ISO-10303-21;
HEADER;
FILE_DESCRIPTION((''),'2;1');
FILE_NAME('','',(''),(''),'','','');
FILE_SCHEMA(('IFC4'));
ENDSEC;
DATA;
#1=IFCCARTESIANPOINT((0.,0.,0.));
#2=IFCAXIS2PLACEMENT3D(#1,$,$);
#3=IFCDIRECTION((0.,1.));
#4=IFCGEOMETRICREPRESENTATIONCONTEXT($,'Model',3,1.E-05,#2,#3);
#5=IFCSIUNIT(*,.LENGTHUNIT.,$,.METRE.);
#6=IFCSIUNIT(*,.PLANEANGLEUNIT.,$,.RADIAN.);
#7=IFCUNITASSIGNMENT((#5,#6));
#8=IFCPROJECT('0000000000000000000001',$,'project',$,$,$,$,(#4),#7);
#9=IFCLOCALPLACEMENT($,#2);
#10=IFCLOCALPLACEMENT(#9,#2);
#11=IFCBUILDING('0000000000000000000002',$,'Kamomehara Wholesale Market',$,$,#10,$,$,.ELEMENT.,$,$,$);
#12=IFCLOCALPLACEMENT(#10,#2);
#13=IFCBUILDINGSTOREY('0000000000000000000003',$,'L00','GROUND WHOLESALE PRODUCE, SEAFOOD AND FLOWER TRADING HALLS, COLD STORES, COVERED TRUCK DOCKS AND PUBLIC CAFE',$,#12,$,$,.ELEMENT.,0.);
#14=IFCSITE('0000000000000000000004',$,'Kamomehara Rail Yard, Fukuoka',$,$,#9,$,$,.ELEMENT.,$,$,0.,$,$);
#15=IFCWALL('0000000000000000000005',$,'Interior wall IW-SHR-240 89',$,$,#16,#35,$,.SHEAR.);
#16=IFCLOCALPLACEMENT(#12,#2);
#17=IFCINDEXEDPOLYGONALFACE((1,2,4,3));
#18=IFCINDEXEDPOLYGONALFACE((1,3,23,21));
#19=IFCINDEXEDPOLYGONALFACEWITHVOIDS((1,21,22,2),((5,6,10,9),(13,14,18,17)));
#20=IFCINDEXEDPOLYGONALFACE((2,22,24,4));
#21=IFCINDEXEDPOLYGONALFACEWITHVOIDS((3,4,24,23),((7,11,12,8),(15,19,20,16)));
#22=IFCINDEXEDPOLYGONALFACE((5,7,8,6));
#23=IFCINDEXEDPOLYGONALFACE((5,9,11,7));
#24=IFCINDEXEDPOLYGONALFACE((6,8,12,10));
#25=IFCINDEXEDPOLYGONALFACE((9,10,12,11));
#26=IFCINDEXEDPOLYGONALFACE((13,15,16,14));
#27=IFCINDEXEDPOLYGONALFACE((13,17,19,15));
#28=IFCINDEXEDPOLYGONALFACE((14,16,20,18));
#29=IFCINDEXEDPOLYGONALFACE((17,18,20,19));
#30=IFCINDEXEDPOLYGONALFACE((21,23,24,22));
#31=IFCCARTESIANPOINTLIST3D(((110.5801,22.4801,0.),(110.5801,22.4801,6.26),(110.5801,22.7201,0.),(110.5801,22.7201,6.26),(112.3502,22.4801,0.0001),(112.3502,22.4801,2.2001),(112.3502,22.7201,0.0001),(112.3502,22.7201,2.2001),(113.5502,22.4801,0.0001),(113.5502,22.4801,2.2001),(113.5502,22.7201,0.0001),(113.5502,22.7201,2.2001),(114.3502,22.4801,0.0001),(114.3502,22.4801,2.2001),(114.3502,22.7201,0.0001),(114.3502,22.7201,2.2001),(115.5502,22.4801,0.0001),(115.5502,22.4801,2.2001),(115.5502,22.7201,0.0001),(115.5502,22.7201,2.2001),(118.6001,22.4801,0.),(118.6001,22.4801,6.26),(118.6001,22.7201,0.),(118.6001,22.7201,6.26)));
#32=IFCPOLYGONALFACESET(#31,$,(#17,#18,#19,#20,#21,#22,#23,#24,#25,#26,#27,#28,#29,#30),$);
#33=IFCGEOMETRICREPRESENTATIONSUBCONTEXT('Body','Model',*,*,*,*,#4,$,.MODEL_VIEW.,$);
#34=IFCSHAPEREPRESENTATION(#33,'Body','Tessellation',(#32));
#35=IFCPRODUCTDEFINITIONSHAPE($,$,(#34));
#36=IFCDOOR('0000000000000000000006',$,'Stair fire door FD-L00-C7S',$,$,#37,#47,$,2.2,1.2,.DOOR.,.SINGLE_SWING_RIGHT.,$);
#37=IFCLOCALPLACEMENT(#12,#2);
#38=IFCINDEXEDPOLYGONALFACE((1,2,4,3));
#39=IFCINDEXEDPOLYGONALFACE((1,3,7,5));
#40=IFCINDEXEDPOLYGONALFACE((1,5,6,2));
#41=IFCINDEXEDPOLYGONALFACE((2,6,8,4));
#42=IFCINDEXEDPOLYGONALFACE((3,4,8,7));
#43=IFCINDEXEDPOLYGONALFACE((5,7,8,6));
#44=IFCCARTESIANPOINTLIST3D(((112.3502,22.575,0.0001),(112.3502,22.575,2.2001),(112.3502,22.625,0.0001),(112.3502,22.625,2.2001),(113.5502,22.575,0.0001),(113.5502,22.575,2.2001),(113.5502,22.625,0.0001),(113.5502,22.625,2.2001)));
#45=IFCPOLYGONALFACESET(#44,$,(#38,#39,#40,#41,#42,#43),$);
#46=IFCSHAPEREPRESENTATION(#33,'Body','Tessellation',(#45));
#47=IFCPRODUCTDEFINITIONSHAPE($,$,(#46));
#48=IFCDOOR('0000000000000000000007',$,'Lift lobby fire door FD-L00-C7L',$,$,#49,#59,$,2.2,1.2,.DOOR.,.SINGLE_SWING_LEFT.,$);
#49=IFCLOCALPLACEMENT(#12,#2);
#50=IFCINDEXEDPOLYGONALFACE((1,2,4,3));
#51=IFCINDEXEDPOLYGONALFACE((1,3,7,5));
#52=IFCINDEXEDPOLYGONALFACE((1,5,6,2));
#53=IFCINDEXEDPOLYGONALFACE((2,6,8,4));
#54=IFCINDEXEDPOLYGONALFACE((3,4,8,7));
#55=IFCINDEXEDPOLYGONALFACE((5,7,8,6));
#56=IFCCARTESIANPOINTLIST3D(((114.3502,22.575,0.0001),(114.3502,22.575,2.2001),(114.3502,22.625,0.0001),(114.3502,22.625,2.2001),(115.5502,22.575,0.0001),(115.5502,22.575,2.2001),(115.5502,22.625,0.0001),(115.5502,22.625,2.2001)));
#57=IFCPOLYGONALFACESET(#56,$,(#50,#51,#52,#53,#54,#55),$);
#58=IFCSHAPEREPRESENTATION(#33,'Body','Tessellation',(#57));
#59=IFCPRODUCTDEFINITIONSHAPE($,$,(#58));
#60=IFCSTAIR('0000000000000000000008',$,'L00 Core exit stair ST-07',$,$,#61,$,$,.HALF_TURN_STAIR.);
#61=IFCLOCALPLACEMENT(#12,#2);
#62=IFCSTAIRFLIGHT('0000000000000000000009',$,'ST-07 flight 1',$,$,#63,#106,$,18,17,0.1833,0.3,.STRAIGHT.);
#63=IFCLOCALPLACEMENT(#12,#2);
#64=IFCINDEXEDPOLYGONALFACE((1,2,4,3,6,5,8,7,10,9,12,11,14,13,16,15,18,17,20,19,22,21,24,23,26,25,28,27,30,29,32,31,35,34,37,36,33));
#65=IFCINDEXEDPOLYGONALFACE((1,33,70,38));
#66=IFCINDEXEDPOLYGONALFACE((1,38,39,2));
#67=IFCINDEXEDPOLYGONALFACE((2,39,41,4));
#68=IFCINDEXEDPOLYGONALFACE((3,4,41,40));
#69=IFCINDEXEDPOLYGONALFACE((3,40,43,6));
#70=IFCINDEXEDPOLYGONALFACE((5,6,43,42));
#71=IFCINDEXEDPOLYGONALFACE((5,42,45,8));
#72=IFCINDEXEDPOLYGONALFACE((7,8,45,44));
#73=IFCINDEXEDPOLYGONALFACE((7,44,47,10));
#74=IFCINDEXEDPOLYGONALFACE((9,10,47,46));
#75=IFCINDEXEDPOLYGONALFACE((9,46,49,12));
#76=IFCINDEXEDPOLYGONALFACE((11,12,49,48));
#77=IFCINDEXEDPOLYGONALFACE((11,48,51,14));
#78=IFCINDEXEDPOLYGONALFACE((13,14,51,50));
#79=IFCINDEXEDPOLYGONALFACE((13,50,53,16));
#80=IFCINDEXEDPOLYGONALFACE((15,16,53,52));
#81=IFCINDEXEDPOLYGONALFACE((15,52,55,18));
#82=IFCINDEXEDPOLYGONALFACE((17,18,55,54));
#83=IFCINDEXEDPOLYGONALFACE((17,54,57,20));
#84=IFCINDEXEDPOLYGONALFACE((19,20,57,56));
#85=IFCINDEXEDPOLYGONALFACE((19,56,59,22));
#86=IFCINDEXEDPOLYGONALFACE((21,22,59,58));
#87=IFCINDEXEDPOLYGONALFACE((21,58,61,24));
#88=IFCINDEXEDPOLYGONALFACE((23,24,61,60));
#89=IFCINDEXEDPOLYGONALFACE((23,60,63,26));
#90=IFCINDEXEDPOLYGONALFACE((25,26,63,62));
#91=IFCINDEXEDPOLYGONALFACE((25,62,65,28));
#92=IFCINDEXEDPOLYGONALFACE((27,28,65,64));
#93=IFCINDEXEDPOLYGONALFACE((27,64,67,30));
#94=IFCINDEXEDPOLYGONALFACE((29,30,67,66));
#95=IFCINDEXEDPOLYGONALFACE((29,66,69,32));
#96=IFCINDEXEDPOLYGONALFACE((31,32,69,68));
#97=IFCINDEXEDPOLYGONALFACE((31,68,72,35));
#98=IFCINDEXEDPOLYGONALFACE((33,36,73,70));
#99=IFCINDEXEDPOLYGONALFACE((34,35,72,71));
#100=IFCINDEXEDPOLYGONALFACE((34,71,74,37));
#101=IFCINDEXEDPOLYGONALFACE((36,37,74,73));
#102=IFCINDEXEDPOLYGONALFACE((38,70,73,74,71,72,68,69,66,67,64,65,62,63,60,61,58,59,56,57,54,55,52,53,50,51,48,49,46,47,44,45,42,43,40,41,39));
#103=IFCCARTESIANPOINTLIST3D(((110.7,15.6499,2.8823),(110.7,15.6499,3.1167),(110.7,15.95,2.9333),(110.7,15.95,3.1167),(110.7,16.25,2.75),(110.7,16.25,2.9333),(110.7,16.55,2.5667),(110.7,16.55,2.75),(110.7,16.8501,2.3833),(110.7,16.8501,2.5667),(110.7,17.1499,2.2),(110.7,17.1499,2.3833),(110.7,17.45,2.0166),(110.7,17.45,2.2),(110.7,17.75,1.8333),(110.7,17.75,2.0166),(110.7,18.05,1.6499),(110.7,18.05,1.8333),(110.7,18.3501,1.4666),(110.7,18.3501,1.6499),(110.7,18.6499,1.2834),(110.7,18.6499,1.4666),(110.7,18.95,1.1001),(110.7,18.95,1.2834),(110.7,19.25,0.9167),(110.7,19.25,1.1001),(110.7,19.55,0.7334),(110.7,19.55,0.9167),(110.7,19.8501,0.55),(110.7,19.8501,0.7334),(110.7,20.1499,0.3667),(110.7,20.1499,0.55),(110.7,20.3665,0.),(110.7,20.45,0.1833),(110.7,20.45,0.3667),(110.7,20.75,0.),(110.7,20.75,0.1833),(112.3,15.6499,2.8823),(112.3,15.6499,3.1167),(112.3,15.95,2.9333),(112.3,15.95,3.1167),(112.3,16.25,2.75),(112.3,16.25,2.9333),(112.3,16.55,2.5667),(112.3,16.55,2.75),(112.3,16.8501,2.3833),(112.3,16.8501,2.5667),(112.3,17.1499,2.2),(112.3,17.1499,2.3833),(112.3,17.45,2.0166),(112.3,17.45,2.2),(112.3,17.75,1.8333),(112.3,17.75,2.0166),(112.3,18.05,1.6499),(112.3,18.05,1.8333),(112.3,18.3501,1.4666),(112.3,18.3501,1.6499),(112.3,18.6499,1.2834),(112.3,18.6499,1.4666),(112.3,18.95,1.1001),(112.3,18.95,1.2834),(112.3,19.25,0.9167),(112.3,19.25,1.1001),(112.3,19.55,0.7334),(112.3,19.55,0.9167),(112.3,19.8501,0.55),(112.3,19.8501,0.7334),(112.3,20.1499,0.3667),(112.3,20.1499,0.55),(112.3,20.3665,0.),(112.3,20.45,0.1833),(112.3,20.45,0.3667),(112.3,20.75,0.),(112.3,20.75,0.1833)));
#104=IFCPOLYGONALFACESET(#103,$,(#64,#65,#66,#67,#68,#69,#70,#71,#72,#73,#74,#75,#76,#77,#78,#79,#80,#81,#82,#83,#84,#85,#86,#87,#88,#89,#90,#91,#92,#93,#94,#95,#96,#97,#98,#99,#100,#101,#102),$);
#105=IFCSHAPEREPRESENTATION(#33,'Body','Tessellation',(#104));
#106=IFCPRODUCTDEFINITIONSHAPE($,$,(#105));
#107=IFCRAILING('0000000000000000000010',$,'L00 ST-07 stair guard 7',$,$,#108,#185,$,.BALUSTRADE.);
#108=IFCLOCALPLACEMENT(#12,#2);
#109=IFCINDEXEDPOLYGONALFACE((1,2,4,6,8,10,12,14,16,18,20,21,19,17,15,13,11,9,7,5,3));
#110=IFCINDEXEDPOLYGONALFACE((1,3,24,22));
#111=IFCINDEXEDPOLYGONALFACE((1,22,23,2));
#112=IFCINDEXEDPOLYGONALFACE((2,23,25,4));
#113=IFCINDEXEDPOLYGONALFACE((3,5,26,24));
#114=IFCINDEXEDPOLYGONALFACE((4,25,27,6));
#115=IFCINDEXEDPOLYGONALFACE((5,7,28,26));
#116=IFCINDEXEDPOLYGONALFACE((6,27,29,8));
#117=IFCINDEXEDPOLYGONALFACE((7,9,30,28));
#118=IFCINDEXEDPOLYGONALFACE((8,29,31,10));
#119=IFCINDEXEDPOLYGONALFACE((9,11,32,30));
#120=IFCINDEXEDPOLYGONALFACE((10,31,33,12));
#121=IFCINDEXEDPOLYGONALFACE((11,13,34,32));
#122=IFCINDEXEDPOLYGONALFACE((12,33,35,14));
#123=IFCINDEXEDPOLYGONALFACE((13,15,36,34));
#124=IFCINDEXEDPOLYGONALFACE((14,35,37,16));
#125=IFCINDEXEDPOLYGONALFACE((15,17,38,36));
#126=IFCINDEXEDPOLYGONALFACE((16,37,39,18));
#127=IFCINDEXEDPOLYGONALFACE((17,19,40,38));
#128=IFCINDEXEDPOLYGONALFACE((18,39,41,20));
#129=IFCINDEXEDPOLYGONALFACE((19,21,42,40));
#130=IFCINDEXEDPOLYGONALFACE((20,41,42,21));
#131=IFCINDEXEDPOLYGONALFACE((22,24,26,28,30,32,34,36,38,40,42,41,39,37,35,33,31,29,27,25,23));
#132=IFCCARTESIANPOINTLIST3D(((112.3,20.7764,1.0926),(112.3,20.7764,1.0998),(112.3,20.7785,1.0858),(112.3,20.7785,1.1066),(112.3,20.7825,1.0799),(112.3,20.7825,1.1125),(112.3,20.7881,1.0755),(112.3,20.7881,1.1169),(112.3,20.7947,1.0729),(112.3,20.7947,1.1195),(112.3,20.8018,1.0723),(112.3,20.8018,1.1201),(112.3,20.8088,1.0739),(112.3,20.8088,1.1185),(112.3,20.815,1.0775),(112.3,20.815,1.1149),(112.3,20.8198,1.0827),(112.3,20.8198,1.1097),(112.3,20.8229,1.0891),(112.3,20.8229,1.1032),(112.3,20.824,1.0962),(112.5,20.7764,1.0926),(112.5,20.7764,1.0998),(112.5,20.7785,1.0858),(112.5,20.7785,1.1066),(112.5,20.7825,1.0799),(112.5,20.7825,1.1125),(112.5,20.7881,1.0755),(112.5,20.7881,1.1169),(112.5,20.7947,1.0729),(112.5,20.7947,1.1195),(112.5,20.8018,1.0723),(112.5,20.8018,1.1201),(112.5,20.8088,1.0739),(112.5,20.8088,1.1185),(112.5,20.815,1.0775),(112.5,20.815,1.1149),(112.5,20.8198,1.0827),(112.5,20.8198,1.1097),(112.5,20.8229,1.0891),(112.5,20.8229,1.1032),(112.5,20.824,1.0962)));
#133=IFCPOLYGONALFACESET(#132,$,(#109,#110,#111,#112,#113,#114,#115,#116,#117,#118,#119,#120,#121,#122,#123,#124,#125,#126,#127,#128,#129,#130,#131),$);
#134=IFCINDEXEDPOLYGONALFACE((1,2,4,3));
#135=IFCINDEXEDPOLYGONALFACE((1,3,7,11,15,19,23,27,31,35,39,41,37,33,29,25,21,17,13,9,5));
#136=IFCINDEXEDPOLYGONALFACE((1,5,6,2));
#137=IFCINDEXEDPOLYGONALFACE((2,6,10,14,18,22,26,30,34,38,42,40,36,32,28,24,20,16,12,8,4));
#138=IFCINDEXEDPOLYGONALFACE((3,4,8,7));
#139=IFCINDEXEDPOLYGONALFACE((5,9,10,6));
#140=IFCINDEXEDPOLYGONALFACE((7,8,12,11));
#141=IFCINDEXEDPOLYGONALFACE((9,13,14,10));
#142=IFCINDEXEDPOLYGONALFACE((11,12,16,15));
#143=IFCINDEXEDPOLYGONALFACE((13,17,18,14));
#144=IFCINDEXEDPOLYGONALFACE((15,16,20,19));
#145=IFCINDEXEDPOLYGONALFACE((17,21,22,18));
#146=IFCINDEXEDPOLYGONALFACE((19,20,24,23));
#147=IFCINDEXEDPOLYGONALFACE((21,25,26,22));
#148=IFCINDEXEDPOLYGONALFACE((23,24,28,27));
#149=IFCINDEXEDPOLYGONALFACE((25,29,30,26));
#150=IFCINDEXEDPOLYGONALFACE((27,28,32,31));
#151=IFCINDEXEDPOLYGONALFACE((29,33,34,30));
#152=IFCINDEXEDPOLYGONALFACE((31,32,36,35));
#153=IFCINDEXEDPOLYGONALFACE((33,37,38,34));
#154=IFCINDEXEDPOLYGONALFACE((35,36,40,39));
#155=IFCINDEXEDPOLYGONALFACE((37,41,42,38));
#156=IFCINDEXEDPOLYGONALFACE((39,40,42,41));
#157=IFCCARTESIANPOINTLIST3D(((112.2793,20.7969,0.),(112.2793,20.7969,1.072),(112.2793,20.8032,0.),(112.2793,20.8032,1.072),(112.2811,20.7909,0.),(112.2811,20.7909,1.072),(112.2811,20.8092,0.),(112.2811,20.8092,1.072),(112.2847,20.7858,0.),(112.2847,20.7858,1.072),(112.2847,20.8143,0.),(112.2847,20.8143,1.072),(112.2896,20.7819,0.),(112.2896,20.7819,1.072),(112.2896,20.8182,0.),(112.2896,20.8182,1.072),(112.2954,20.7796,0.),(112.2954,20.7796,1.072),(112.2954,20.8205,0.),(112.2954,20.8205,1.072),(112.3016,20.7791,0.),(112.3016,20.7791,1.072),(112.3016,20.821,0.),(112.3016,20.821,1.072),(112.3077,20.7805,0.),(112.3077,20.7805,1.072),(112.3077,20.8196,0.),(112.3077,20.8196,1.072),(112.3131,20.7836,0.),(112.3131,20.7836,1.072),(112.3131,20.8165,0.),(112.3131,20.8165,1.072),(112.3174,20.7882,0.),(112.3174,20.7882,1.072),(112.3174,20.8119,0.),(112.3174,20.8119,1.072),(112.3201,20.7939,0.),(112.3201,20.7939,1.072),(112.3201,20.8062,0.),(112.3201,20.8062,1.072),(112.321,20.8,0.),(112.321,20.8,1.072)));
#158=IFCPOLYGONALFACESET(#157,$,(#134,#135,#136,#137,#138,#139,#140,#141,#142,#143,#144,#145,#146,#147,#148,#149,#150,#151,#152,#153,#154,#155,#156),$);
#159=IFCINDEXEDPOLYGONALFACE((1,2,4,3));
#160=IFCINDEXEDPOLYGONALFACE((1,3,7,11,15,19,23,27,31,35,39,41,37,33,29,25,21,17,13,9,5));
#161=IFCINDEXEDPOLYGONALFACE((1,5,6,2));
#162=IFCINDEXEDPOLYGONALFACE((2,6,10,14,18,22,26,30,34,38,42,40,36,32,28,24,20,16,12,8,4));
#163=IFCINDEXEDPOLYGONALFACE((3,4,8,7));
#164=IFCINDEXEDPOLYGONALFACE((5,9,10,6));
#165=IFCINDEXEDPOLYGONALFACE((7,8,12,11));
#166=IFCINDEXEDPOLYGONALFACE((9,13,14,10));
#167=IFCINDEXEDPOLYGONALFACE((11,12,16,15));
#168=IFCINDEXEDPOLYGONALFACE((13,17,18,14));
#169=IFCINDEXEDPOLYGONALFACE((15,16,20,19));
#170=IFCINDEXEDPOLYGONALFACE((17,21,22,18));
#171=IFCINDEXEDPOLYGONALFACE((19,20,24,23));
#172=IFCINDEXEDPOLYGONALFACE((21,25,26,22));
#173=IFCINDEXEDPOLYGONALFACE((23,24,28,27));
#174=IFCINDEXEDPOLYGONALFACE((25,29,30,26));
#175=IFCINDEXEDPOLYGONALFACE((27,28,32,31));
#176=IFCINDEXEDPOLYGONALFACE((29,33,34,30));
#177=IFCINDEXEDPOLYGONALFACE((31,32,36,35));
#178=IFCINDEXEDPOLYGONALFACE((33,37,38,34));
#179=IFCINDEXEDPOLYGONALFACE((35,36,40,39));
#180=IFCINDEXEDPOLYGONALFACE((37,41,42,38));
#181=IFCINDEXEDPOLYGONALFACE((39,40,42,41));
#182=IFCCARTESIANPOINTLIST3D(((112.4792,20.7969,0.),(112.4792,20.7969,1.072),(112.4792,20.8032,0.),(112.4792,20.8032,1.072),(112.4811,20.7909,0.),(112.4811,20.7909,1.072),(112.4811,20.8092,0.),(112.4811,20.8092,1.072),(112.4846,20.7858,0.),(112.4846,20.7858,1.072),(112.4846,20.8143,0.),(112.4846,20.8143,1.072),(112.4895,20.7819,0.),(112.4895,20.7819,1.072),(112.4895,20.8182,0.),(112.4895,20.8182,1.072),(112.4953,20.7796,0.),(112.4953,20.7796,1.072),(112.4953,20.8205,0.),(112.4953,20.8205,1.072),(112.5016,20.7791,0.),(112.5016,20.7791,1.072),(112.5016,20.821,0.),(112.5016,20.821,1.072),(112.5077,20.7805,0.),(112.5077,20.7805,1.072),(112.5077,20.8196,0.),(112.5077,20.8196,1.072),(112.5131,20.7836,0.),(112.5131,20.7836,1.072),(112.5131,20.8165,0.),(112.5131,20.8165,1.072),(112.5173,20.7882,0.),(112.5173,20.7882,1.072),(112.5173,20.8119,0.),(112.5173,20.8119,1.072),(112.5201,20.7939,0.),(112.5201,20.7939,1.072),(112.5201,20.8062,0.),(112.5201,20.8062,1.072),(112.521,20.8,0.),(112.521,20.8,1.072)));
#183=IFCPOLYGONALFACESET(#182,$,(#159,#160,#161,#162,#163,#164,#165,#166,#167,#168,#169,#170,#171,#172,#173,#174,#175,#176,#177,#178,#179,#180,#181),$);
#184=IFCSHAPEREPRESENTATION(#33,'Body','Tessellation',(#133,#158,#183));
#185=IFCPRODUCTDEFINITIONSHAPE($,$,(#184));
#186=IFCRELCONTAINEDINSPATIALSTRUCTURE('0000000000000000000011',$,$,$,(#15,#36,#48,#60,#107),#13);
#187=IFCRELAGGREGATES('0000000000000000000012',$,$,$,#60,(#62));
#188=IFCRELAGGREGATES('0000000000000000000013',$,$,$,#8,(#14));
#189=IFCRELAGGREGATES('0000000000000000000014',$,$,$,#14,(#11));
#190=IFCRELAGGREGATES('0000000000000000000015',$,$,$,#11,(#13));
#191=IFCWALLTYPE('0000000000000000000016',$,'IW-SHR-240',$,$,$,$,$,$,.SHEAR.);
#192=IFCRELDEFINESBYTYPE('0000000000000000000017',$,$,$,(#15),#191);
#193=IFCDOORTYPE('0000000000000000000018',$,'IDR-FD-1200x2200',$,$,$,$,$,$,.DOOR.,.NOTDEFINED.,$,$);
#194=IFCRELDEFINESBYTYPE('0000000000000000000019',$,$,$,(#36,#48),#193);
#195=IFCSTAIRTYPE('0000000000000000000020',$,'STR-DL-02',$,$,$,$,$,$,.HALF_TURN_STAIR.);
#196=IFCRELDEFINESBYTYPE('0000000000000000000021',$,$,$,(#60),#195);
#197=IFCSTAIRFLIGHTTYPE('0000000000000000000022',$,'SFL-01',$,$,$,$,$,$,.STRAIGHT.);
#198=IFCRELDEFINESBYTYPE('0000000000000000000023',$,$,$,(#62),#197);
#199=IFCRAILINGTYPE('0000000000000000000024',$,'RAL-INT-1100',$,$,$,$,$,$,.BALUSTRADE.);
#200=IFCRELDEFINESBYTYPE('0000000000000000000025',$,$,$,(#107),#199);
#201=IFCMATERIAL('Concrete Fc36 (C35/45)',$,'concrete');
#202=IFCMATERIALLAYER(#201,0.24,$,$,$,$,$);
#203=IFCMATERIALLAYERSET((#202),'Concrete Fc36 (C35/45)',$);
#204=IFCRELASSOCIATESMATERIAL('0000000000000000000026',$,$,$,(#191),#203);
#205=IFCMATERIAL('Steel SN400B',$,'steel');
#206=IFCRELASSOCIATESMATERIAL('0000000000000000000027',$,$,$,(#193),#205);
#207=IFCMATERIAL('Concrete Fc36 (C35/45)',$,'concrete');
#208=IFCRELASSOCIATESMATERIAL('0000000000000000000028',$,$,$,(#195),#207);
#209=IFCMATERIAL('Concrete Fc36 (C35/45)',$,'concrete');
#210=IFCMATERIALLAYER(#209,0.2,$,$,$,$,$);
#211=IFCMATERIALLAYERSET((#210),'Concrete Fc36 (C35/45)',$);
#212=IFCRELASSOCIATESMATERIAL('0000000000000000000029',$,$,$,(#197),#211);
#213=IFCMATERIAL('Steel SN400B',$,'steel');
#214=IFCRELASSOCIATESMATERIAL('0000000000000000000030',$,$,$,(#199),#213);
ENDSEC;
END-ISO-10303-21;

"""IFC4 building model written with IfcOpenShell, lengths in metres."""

from ifc_helpers import new_model, si_unit, direction, frame, frame_2d, origin, origin_2d, place, context, subcontext, project, spatial, polyline, rectangle, circle, outline, extrude, material, layer, layer_set, type_object, element, fill, aggregate, save


model = new_model("IFC4")

# Units and contexts
model_context = context("Model", 3, precision=1e-05, world=origin(), true_north=direction((0.0, 1.0)))
body_context = subcontext(model_context, "Body", "Model", "MODEL_VIEW")
ifc_project = project(units=[si_unit("LENGTHUNIT", "METRE"), si_unit("PLANEANGLEUNIT", "RADIAN")], contexts=[model_context])

# Site, building, storey
site_placement = place(None, origin())
site = spatial("IfcSite", under=ifc_project, at=site_placement, Name="Kamomehara Rail Yard, Fukuoka", CompositionType="ELEMENT", RefElevation=0.0)
building_placement = place(site_placement, origin())
building = spatial("IfcBuilding", under=site, at=building_placement, Name="Kamomehara Wholesale Market", CompositionType="ELEMENT")
storey_placement = place(building_placement, origin())
storey = spatial("IfcBuildingStorey", under=building, at=storey_placement, Name="L00", Description="GROUND WHOLESALE PRODUCE, SEAFOOD AND FLOWER TRADING HALLS, COLD STORES, COVERED TRUCK DOCKS AND PUBLIC CAFE", CompositionType="ELEMENT", Elevation=0.0)

# Shared definitions
ifc_material_1 = material(Name="Concrete Fc36 (C35/45)", Category="concrete")
ifc_layer_1 = layer(ifc_material_1, 0.24)
ifc_layer_set_1 = layer_set([ifc_layer_1], Name="Concrete Fc36 (C35/45)")
wall_type_1 = type_object("IfcWallType", Name="IW-SHR-240", PredefinedType="SHEAR", material=ifc_layer_set_1)

# Wall, openings, doors
wall_1_placement = place(storey_placement, frame((110.5801, 22.6001, 0.0), z_axis=(0.0, 0.0, 1.0), x_axis=(1.0, 0.0, 0.0)))
wall_1 = element("IfcWall", 1, at=wall_1_placement, inside=storey, type_object=wall_type_1, Name="Interior wall IW-SHR-240 89", PredefinedType="SHEAR", context=body_context, shape_type="SweptSolid", body=[
    extrude(rectangle(XDim=8.02, YDim=0.24, at=frame_2d((4.01, 0.0))), origin(), (0.0, 0.0, 1.0), 6.26),
])
opening_1_placement = place(wall_1_placement, frame((1.77, 0.0, 0.0)))
opening_1 = element("IfcOpeningElement", 2, at=opening_1_placement, cuts=wall_1, PredefinedType="OPENING", context=body_context, shape_type="SweptSolid", body=[
    extrude(rectangle(XDim=1.2, YDim=2.2, at=frame_2d((0.6001, 1.1001))), frame((0.0, 0.1348, 0.0), z_axis=(0.0, -1.0, 0.0), x_axis=(1.0, 0.0, 0.0)), (0.0, 0.0, 1.0), 0.2698),
])
opening_2_placement = place(wall_1_placement, frame((3.77, 0.0, 0.0)))
opening_2 = element("IfcOpeningElement", 3, at=opening_2_placement, cuts=wall_1, PredefinedType="OPENING", context=body_context, shape_type="SweptSolid", body=[
    extrude(rectangle(XDim=1.2, YDim=2.2, at=frame_2d((0.6001, 1.1001))), frame((0.0, 0.1348, 0.0), z_axis=(0.0, -1.0, 0.0), x_axis=(1.0, 0.0, 0.0)), (0.0, 0.0, 1.0), 0.2698),
])
ifc_material_2 = material(Name="Steel SN400B", Category="steel")
door_type_1 = type_object("IfcDoorType", Name="IDR-FD-1200x2200", OperationType="NOTDEFINED", PredefinedType="DOOR", material=ifc_material_2)
door_1_placement = place(opening_1_placement, origin())
door_1 = element("IfcDoor", 4, at=door_1_placement, inside=storey, type_object=door_type_1, Name="Stair fire door FD-L00-C7S", OperationType="SINGLE_SWING_RIGHT", OverallHeight=2.2, OverallWidth=1.2, PredefinedType="DOOR", context=body_context, shape_type="SweptSolid", body=[
    extrude(rectangle(XDim=1.2, YDim=2.2, at=frame_2d((0.6001, 1.1001))), frame((0.0, 0.0249, 0.0), z_axis=(0.0, -1.0, 0.0), x_axis=(1.0, 0.0, 0.0)), (0.0, 0.0, 1.0), 0.05),
])
fill(opening_1, door_1)
door_2_placement = place(opening_2_placement, origin())
door_2 = element("IfcDoor", 5, at=door_2_placement, inside=storey, type_object=door_type_1, Name="Lift lobby fire door FD-L00-C7L", OperationType="SINGLE_SWING_LEFT", OverallHeight=2.2, OverallWidth=1.2, PredefinedType="DOOR", context=body_context, shape_type="SweptSolid", body=[
    extrude(rectangle(XDim=1.2, YDim=2.2, at=frame_2d((0.6001, 1.1001))), frame((0.0, 0.0249, 0.0), z_axis=(0.0, -1.0, 0.0), x_axis=(1.0, 0.0, 0.0)), (0.0, 0.0, 1.0), 0.05),
])
fill(opening_2, door_2)

# Stair, stair flight
ifc_material_3 = material(Name="Concrete Fc36 (C35/45)", Category="concrete")
stair_type = type_object("IfcStairType", Name="STR-DL-02", PredefinedType="HALF_TURN_STAIR", material=ifc_material_3)
stair_placement = place(storey_placement, origin())
stair = element("IfcStair", 6, at=stair_placement, inside=storey, type_object=stair_type, Name="L00 Core exit stair ST-07", PredefinedType="HALF_TURN_STAIR")
ifc_material_4 = material(Name="Concrete Fc36 (C35/45)", Category="concrete")
ifc_layer_2 = layer(ifc_material_4, 0.2)
ifc_layer_set_2 = layer_set([ifc_layer_2], Name="Concrete Fc36 (C35/45)")
stair_flight_type = type_object("IfcStairFlightType", Name="SFL-01", PredefinedType="STRAIGHT", material=ifc_layer_set_2)
stair_flight_placement = place(storey_placement, frame((111.5, 20.75, 0.0), z_axis=(0.0, 0.0, 1.0), x_axis=(0.0, -1.0, 0.0)))
stair_flight = element("IfcStairFlight", 7, at=stair_flight_placement, type_object=stair_flight_type, Name="ST-07 flight 1", NumberOfRisers=18, NumberOfTreads=17, PredefinedType="STRAIGHT", RiserHeight=0.1833, TreadLength=0.3, context=body_context, shape_type="SweptSolid", body=[
    extrude(outline(polyline([(0.0, 0.0), (0.0, 0.1833), (0.3, 0.1833), (0.3, 0.3667), (0.6001, 0.3667), (0.6001, 0.55), (0.8999, 0.55), (0.8999, 0.7334), (1.2, 0.7334), (1.2, 0.9167), (1.5, 0.9167), (1.5, 1.1001), (1.8, 1.1001), (1.8, 1.2834), (2.1001, 1.2834), (2.1001, 1.4666), (2.3999, 1.4666), (2.3999, 1.6499), (2.7, 1.6499), (2.7, 1.8333), (3.0, 1.8333), (3.0, 2.0166), (3.3, 2.0166), (3.3, 2.2), (3.6001, 2.2), (3.6001, 2.3833), (3.8999, 2.3833), (3.8999, 2.5667), (4.2, 2.5667), (4.2, 2.75), (4.5, 2.75), (4.5, 2.9333), (4.8, 2.9333), (4.8, 3.1167), (5.1001, 3.1167), (5.1001, 3.3), (5.1001, 2.8823), (0.3835, 0.0), (0.0, 0.0)])), frame((0.0, 0.8, 0.0), z_axis=(0.0, -1.0, 0.0), x_axis=(1.0, 0.0, 0.0)), (0.0, 0.0, 1.0), 1.6001),
])
aggregate(stair, [stair_flight])

# Railing
ifc_material_5 = material(Name="Steel SN400B", Category="steel")
railing_type_1 = type_object("IfcRailingType", Name="RAL-INT-1100", PredefinedType="BALUSTRADE", material=ifc_material_5)
railing_1_placement = place(storey_placement, frame((112.3, 20.8, 0.0)))
element("IfcRailing", 8, at=railing_1_placement, inside=storey, type_object=railing_type_1, Name="L00 ST-07 stair guard 7", PredefinedType="BALUSTRADE", context=body_context, shape_type="SweptSolid", body=[
    extrude(circle(Radius=0.0239, at=origin_2d()), frame((0.0, 0.0, 1.0962), z_axis=(1.0, 0.0, 0.0), x_axis=(0.0, 1.0, 0.0)), (0.0, 0.0, 1.0), 0.2),
    extrude(circle(Radius=0.021, at=origin_2d()), origin(), (0.0, 0.0, 1.0), 1.072),
    extrude(circle(Radius=0.021, at=origin_2d()), frame((0.2, 0.0, 0.0)), (0.0, 0.0, 1.0), 1.072),
])

save(model, "model.ifc")
